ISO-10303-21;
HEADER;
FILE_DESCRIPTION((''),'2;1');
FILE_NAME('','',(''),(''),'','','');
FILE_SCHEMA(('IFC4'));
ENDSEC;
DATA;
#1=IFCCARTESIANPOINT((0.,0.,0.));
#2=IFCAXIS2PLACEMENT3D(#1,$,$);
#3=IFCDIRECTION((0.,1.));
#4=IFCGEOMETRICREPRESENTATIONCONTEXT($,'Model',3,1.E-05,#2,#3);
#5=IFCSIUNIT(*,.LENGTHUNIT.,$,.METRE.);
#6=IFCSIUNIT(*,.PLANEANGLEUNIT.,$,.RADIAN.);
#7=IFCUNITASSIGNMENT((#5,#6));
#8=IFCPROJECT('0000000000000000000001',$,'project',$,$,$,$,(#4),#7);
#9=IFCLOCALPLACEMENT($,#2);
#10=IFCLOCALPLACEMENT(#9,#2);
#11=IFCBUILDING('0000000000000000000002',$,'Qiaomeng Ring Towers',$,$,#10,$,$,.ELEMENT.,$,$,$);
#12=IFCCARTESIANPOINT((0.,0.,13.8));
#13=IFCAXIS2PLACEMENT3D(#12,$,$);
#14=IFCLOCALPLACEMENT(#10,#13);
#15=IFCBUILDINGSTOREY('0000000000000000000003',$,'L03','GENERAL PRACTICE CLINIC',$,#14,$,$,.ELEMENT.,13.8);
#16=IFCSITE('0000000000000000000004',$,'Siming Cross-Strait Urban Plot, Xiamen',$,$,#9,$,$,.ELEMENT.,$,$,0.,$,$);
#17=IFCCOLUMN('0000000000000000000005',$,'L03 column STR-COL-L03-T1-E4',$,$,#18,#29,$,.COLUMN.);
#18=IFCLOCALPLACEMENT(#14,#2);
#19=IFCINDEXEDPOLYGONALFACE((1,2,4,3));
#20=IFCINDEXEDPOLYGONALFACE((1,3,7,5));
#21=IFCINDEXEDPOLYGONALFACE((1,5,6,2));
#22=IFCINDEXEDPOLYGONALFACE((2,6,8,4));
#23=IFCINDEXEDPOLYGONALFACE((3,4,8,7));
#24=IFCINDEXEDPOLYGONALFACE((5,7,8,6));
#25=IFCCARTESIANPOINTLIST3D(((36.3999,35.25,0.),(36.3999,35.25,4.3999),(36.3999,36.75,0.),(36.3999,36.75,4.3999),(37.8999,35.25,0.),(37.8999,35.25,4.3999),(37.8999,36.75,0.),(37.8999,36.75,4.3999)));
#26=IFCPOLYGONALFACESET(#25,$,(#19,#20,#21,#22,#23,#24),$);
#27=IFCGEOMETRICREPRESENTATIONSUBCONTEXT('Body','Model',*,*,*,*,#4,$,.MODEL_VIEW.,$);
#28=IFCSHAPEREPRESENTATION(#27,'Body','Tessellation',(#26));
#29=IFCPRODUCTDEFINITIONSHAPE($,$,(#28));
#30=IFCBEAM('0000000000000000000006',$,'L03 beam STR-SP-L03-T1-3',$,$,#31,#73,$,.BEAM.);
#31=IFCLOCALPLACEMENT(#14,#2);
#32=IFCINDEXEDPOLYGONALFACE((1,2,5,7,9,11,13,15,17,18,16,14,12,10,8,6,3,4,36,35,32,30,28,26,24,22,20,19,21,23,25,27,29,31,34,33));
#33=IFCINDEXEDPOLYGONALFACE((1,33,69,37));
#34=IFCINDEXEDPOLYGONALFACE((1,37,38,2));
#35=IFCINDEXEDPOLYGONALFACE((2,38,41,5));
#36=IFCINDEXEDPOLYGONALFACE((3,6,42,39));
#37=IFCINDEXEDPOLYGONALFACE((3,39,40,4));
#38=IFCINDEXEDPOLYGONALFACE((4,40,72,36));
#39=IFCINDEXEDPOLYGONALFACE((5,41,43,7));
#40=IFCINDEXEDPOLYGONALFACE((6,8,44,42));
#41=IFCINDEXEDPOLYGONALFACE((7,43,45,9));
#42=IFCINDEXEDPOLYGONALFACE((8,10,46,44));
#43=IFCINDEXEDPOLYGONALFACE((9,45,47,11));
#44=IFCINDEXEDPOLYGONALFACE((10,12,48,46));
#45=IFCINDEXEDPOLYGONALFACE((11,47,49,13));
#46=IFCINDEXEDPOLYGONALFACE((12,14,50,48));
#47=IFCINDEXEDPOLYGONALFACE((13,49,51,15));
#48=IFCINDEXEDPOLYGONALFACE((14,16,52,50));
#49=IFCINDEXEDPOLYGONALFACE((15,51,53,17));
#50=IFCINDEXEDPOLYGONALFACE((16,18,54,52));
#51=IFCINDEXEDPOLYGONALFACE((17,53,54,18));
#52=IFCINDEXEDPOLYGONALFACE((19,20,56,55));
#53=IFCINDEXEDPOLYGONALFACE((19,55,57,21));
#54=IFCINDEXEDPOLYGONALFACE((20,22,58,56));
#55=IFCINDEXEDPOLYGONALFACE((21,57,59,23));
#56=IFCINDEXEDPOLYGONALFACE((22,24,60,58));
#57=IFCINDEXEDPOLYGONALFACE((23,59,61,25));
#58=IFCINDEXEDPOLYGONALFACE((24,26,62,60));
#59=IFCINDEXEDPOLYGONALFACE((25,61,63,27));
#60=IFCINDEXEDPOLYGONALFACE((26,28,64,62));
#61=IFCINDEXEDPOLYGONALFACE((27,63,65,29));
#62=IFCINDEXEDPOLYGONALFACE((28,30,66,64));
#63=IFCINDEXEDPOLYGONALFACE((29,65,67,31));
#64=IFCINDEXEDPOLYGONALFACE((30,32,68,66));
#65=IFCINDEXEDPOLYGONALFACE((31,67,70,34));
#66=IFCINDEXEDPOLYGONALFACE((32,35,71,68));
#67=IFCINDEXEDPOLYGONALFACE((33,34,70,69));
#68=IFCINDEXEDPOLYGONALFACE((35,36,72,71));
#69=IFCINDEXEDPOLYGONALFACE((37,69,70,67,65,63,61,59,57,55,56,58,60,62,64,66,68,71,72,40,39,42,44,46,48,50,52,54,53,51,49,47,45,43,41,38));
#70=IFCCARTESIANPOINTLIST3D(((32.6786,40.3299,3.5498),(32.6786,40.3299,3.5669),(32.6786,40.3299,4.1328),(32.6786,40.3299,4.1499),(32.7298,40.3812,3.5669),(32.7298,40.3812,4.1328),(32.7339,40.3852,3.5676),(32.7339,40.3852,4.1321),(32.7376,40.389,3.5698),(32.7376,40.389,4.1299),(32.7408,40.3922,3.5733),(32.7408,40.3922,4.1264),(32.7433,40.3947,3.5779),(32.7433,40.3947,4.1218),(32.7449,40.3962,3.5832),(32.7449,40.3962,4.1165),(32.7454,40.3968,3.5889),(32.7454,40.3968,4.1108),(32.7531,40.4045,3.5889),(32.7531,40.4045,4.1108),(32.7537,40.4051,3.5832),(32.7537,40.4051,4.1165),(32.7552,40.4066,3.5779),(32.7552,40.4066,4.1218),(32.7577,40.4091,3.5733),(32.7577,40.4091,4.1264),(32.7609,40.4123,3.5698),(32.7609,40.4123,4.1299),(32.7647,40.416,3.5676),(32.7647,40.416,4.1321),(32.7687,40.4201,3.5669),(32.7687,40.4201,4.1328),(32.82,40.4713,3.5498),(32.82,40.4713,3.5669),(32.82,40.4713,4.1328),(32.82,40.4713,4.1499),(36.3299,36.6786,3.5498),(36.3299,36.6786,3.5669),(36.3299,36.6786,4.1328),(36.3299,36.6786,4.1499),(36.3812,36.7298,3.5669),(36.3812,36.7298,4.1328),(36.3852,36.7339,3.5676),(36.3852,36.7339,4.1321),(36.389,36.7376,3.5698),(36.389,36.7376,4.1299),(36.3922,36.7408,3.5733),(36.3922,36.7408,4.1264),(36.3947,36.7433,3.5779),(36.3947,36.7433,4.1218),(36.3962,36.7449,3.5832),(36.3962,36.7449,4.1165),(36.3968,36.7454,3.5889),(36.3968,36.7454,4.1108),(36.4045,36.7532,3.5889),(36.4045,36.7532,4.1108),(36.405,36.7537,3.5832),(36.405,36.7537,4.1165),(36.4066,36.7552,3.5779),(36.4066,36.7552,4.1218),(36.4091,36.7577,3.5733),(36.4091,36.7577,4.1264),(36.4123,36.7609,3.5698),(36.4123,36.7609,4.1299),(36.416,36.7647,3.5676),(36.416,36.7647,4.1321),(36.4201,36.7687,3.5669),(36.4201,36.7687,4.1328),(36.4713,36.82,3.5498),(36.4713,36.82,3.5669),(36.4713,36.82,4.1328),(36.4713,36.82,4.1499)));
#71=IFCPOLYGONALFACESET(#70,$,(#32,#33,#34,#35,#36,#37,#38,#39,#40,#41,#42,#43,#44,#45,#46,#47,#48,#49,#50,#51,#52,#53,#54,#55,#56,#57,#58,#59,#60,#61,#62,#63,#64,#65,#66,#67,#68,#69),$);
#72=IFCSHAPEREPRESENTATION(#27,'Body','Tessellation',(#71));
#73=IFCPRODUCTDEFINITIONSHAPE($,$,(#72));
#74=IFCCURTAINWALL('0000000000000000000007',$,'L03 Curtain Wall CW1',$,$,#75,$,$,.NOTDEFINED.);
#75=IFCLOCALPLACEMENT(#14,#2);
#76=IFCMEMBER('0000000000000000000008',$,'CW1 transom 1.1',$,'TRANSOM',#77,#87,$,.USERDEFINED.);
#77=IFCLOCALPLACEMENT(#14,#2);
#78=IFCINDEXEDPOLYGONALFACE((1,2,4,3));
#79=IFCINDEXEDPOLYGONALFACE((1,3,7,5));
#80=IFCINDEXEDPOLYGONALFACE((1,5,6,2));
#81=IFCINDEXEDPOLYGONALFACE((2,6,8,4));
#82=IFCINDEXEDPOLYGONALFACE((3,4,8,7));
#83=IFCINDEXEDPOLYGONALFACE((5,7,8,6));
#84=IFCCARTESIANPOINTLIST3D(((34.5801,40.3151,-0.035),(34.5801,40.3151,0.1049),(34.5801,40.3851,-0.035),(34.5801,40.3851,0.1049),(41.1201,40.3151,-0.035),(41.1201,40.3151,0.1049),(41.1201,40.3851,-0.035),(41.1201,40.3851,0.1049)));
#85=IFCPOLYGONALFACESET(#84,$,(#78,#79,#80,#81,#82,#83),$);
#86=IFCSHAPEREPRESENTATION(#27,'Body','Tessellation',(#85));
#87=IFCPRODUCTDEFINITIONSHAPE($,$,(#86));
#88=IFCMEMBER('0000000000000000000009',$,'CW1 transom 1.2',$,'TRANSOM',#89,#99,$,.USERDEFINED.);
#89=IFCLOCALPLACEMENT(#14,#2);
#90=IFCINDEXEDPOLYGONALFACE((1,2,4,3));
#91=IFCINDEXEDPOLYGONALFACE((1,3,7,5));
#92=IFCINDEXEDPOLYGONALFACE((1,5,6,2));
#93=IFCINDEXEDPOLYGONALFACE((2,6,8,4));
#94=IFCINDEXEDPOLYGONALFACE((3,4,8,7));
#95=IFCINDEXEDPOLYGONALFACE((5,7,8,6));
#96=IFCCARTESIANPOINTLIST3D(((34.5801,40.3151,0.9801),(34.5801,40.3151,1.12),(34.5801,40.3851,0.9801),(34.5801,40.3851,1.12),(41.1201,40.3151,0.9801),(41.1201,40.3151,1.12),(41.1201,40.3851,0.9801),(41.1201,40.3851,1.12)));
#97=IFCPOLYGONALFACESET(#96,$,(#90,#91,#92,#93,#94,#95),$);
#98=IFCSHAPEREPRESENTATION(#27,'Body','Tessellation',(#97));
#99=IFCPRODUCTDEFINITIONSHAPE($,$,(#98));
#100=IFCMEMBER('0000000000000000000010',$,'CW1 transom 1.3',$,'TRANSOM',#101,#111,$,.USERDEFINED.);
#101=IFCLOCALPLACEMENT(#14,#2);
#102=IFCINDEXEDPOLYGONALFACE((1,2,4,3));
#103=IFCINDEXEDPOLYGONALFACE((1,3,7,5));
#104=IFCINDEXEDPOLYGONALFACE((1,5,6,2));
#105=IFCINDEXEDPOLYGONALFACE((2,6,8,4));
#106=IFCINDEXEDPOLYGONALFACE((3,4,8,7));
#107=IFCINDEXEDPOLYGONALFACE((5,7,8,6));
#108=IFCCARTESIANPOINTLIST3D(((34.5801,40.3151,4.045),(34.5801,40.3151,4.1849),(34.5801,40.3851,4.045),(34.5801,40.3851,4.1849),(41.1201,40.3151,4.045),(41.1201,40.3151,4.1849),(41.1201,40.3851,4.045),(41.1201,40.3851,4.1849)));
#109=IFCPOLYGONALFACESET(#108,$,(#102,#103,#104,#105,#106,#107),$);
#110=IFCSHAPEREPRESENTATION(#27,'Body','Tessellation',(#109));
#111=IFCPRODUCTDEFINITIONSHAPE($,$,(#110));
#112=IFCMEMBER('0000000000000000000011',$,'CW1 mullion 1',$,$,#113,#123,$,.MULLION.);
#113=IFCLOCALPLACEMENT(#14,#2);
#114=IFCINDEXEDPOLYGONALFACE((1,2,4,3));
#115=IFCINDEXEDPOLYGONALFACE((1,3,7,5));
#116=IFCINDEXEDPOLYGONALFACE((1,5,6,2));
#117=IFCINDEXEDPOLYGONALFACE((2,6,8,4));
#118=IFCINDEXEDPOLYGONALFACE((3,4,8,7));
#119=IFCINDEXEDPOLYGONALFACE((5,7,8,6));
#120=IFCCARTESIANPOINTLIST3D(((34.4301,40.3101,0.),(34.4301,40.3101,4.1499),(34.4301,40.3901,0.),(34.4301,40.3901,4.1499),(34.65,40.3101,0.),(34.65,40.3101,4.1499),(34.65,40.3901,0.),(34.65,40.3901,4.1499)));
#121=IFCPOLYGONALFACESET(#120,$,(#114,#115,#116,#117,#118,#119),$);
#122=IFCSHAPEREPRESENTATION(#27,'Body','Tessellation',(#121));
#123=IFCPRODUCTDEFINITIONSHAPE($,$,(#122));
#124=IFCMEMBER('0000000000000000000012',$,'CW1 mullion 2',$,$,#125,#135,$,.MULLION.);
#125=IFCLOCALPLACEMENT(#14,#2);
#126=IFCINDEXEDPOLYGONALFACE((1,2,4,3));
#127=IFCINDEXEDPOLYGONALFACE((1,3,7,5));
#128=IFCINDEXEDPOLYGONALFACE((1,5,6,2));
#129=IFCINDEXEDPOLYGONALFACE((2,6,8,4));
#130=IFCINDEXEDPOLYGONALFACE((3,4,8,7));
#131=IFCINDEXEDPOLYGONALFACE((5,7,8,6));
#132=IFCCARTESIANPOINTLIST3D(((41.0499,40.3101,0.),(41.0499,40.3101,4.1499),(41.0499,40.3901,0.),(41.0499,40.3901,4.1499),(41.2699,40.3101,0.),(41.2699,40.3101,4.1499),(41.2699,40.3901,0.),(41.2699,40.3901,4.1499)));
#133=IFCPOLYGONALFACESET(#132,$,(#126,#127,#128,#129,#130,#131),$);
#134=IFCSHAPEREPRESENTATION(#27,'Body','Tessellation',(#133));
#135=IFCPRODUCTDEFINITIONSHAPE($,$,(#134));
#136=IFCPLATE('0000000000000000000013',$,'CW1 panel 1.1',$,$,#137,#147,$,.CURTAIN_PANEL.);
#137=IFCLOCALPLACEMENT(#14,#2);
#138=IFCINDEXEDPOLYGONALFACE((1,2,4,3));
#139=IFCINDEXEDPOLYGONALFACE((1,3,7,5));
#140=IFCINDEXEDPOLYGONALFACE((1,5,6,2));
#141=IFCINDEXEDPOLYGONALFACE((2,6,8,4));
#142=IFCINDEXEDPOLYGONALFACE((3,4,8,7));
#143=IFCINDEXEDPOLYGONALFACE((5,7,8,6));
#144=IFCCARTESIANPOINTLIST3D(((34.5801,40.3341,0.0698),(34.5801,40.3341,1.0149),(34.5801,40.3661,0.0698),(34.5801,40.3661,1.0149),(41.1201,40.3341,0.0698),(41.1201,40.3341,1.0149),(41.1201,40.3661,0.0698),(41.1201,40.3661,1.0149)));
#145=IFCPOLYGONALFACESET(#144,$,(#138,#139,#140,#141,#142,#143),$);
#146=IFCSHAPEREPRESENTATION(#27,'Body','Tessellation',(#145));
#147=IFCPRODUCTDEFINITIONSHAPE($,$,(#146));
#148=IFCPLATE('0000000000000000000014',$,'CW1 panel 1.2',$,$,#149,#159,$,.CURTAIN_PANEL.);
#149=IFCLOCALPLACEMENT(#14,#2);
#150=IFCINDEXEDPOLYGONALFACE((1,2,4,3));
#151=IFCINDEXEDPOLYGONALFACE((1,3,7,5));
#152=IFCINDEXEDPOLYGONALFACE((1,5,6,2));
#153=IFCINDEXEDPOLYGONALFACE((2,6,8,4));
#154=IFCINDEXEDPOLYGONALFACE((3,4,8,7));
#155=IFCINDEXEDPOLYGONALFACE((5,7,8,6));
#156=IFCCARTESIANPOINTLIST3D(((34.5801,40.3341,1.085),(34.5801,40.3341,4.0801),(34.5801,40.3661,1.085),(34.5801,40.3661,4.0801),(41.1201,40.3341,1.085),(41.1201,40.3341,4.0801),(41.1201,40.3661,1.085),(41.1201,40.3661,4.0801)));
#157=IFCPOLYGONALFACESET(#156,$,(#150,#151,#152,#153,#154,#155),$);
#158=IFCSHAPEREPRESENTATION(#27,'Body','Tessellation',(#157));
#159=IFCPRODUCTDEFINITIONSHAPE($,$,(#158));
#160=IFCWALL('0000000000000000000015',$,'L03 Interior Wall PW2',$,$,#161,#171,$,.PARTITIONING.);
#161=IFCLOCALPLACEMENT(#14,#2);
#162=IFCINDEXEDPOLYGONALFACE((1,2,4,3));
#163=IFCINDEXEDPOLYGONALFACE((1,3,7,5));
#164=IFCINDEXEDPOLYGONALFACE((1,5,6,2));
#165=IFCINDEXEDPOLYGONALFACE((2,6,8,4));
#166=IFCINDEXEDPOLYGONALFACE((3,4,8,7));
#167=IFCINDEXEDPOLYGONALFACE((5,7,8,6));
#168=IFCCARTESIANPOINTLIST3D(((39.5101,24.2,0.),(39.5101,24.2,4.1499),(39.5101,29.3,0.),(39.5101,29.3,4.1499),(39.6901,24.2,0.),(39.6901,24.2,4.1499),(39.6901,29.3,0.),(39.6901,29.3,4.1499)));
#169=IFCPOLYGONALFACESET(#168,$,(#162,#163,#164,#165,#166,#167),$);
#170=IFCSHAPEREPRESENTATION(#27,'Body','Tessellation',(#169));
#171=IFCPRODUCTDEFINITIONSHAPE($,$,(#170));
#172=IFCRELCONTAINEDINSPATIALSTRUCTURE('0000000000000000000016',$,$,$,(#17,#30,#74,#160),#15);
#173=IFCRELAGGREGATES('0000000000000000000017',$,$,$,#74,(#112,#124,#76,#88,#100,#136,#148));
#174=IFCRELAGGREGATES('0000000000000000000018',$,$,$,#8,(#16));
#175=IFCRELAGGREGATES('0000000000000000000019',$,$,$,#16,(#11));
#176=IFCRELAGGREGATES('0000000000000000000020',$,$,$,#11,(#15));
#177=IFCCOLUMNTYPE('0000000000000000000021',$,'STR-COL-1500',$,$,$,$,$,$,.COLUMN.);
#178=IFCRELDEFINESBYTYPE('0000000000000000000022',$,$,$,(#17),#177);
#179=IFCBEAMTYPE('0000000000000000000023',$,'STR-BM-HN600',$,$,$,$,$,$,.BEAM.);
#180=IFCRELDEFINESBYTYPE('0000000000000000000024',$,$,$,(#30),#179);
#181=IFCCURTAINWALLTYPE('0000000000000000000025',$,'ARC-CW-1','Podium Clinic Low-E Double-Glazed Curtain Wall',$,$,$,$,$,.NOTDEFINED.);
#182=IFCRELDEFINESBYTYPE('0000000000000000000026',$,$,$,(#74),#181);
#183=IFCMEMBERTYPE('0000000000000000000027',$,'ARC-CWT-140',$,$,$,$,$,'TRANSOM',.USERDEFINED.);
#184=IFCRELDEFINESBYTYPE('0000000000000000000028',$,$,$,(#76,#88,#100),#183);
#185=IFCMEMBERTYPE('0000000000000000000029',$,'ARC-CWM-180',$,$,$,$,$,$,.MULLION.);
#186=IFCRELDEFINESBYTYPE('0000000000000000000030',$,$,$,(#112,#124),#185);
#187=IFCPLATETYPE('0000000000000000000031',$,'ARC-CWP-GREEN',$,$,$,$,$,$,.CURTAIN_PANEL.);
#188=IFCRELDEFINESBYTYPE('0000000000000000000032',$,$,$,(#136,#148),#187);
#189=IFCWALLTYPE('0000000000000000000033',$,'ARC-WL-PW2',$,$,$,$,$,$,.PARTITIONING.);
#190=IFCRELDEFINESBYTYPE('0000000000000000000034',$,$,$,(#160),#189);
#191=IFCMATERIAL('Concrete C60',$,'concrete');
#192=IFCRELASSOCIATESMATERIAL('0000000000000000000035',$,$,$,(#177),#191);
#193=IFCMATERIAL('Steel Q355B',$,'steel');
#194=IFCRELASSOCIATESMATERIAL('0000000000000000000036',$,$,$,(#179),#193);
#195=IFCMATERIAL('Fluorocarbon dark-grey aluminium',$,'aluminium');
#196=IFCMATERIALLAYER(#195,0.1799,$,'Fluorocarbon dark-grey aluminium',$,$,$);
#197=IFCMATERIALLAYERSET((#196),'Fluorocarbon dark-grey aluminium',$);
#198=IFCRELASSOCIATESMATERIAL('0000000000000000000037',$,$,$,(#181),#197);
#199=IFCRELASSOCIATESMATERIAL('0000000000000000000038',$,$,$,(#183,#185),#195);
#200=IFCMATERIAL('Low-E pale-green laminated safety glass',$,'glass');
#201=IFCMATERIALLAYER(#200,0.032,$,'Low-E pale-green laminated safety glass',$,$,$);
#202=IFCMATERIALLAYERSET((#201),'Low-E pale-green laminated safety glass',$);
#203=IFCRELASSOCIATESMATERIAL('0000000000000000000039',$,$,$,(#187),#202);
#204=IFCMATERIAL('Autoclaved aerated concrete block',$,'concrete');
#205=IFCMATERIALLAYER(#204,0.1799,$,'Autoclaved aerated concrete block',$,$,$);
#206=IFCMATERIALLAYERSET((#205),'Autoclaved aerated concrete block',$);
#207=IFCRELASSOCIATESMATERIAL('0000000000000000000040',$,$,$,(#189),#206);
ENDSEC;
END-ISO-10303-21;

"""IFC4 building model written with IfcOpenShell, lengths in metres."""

from ifc_helpers import new_model, si_unit, direction, frame, frame_2d, origin, origin_2d, place, context, subcontext, project, spatial, rectangle, i_section, extrude, source, transform, mapped, material, layer, layer_set, material_profile, profile_set, type_object, element, aggregate, save


model = new_model("IFC4")

# Units and contexts
model_context = context("Model", 3, precision=1e-05, world=origin(), true_north=direction((0.0, 1.0)))
body_context = subcontext(model_context, "Body", "Model", "MODEL_VIEW")
ifc_project = project(units=[si_unit("LENGTHUNIT", "METRE"), si_unit("PLANEANGLEUNIT", "RADIAN")], contexts=[model_context])

# Site, building, storey
site_placement = place(None, origin())
site = spatial("IfcSite", under=ifc_project, at=site_placement, Name="Siming Cross-Strait Urban Plot, Xiamen", CompositionType="ELEMENT", RefElevation=0.0)
building_placement = place(site_placement, origin())
building = spatial("IfcBuilding", under=site, at=building_placement, Name="Qiaomeng Ring Towers", CompositionType="ELEMENT")
storey_placement = place(building_placement, frame((0.0, 0.0, 13.8)))
storey = spatial("IfcBuildingStorey", under=building, at=storey_placement, Name="L03", Description="GENERAL PRACTICE CLINIC", CompositionType="ELEMENT", Elevation=13.8)

# Column
ifc_material_1 = material(Name="Concrete C60", Category="concrete")
ifc_material_profile_1 = material_profile(ifc_material_1, rectangle(XDim=1.5, YDim=1.5, at=origin_2d()), Name="RC COL 1500x1500")
ifc_profile_set_1 = profile_set([ifc_material_profile_1], Name="Concrete C60")
column_type = type_object("IfcColumnType", Name="STR-COL-1500", PredefinedType="COLUMN", material=ifc_profile_set_1)
shared_shape_1 = source(origin(), body_context, "Body", "SweptSolid", [
    extrude(rectangle(XDim=1.5, YDim=1.5, at=origin_2d()), origin(), (0.0, 0.0, 1.0), 4.3999),
])
column_placement = place(storey_placement, frame((37.1499, 36.0, 0.0), z_axis=(0.0, 0.0, 1.0), x_axis=(1.0, 0.0, 0.0)))
element("IfcColumn", 1, at=column_placement, inside=storey, type_object=column_type, Name="L03 column STR-COL-L03-T1-E4", PredefinedType="COLUMN", context=body_context, shape_type="MappedRepresentation", body=[
    mapped(shared_shape_1, transform((0.0, 0.0, 0.0), x_axis=(1.0, 0.0, 0.0), y_axis=(0.0, 1.0, 0.0), z_axis=(0.0, 0.0, 1.0), scale=1.0)),
])

# Beam
ifc_material_2 = material(Name="Steel Q355B", Category="steel")
ifc_material_profile_2 = material_profile(ifc_material_2, i_section(OverallWidth=0.2, OverallDepth=0.6001, WebThickness=0.011, FlangeThickness=0.0171, FilletRadius=0.022, at=origin_2d()), Name="HN 600x200x11x17")
ifc_profile_set_2 = profile_set([ifc_material_profile_2], Name="Steel Q355B")
beam_type = type_object("IfcBeamType", Name="STR-BM-HN600", PredefinedType="BEAM", material=ifc_profile_set_2)
shared_shape_2 = source(origin(), body_context, "Body", "SweptSolid", [
    extrude(i_section(OverallWidth=0.2, OverallDepth=0.6001, WebThickness=0.011, FlangeThickness=0.0171, FilletRadius=0.022, at=origin_2d()), origin(), (0.0, 0.0, 1.0), 5.1638),
])
beam_placement = place(storey_placement, frame((36.4006, 36.7493, 3.8499), z_axis=(-0.707107, 0.707107, 0.0), x_axis=(-0.707107, -0.707107, 0.0)))
element("IfcBeam", 2, at=beam_placement, inside=storey, type_object=beam_type, Name="L03 beam STR-SP-L03-T1-3", PredefinedType="BEAM", context=body_context, shape_type="MappedRepresentation", body=[
    mapped(shared_shape_2, transform((0.0, 0.0, 0.0), x_axis=(1.0, 0.0, 0.0), y_axis=(0.0, 1.0, 0.0), z_axis=(0.0, 0.0, 1.0), scale=1.0)),
])

# Curtain wall, members, plates
ifc_material_3 = material(Name="Fluorocarbon dark-grey aluminium", Category="aluminium")
ifc_layer_1 = layer(ifc_material_3, 0.1799, Name="Fluorocarbon dark-grey aluminium")
ifc_layer_set_1 = layer_set([ifc_layer_1], Name="Fluorocarbon dark-grey aluminium")
curtain_wall_type = type_object("IfcCurtainWallType", Name="ARC-CW-1", Description="Podium Clinic Low-E Double-Glazed Curtain Wall", PredefinedType="NOTDEFINED", material=ifc_layer_set_1)
curtain_wall_placement = place(storey_placement, origin())
curtain_wall = element("IfcCurtainWall", 3, at=curtain_wall_placement, inside=storey, type_object=curtain_wall_type, Name="L03 Curtain Wall CW1", PredefinedType="NOTDEFINED")
ifc_material_profile_3 = material_profile(ifc_material_3, rectangle(XDim=0.0701, YDim=0.1399, at=origin_2d()), Name="ALU TRAN 70x140")
ifc_profile_set_3 = profile_set([ifc_material_profile_3], Name="Fluorocarbon dark-grey aluminium")
member_type_1 = type_object("IfcMemberType", Name="ARC-CWT-140", ElementType="TRANSOM", PredefinedType="USERDEFINED", material=ifc_profile_set_3)
shared_shape_3 = source(origin(), body_context, "Body", "SweptSolid", [
    extrude(rectangle(XDim=0.0701, YDim=0.1399, at=origin_2d()), origin(), (0.0, 0.0, 1.0), 6.54),
])
member_1_placement = place(storey_placement, frame((34.5801, 40.3501, 0.0349), z_axis=(1.0, 0.0, 0.0), x_axis=(0.0, 1.0, 0.0)))
member_1 = element("IfcMember", 4, at=member_1_placement, type_object=member_type_1, Name="CW1 transom 1.1", ObjectType="TRANSOM", PredefinedType="USERDEFINED", context=body_context, shape_type="MappedRepresentation", body=[
    mapped(shared_shape_3, transform((0.0, 0.0, 0.0), x_axis=(1.0, 0.0, 0.0), y_axis=(0.0, 1.0, 0.0), z_axis=(0.0, 0.0, 1.0), scale=1.0)),
])
member_2_placement = place(storey_placement, frame((34.5801, 40.3501, 1.05), z_axis=(1.0, 0.0, 0.0), x_axis=(0.0, 1.0, 0.0)))
member_2 = element("IfcMember", 5, at=member_2_placement, type_object=member_type_1, Name="CW1 transom 1.2", ObjectType="TRANSOM", PredefinedType="USERDEFINED", context=body_context, shape_type="MappedRepresentation", body=[
    mapped(shared_shape_3, transform((0.0, 0.0, 0.0), x_axis=(1.0, 0.0, 0.0), y_axis=(0.0, 1.0, 0.0), z_axis=(0.0, 0.0, 1.0), scale=1.0)),
])
member_3_placement = place(storey_placement, frame((34.5801, 40.3501, 4.115), z_axis=(1.0, 0.0, 0.0), x_axis=(0.0, 1.0, 0.0)))
member_3 = element("IfcMember", 6, at=member_3_placement, type_object=member_type_1, Name="CW1 transom 1.3", ObjectType="TRANSOM", PredefinedType="USERDEFINED", context=body_context, shape_type="MappedRepresentation", body=[
    mapped(shared_shape_3, transform((0.0, 0.0, 0.0), x_axis=(1.0, 0.0, 0.0), y_axis=(0.0, 1.0, 0.0), z_axis=(0.0, 0.0, 1.0), scale=1.0)),
])
ifc_material_profile_4 = material_profile(ifc_material_3, rectangle(XDim=0.0801, YDim=0.22, at=origin_2d()), Name="ALU MULL 80x220")
ifc_profile_set_4 = profile_set([ifc_material_profile_4], Name="Fluorocarbon dark-grey aluminium")
member_type_2 = type_object("IfcMemberType", Name="ARC-CWM-180", PredefinedType="MULLION", material=ifc_profile_set_4)
shared_shape_4 = source(origin(), body_context, "Body", "SweptSolid", [
    extrude(rectangle(XDim=0.0801, YDim=0.22, at=origin_2d()), origin(), (0.0, 0.0, 1.0), 4.1499),
])
member_4_placement = place(storey_placement, frame((34.54, 40.3501, 0.0), z_axis=(0.0, 0.0, 1.0), x_axis=(0.0, 1.0, 0.0)))
member_4 = element("IfcMember", 7, at=member_4_placement, type_object=member_type_2, Name="CW1 mullion 1", PredefinedType="MULLION", context=body_context, shape_type="MappedRepresentation", body=[
    mapped(shared_shape_4, transform((0.0, 0.0, 0.0), x_axis=(1.0, 0.0, 0.0), y_axis=(0.0, 1.0, 0.0), z_axis=(0.0, 0.0, 1.0), scale=1.0)),
])
member_5_placement = place(storey_placement, frame((41.1599, 40.3501, 0.0), z_axis=(0.0, 0.0, 1.0), x_axis=(0.0, 1.0, 0.0)))
member_5 = element("IfcMember", 8, at=member_5_placement, type_object=member_type_2, Name="CW1 mullion 2", PredefinedType="MULLION", context=body_context, shape_type="MappedRepresentation", body=[
    mapped(shared_shape_4, transform((0.0, 0.0, 0.0), x_axis=(1.0, 0.0, 0.0), y_axis=(0.0, 1.0, 0.0), z_axis=(0.0, 0.0, 1.0), scale=1.0)),
])
ifc_material_4 = material(Name="Low-E pale-green laminated safety glass", Category="glass")
ifc_layer_2 = layer(ifc_material_4, 0.032, Name="Low-E pale-green laminated safety glass")
ifc_layer_set_2 = layer_set([ifc_layer_2], Name="Low-E pale-green laminated safety glass")
plate_type = type_object("IfcPlateType", Name="ARC-CWP-GREEN", PredefinedType="CURTAIN_PANEL", material=ifc_layer_set_2)
shared_shape_5 = source(origin(), body_context, "Body", "SweptSolid", [
    extrude(rectangle(XDim=6.54, YDim=0.032, at=origin_2d()), origin(), (0.0, 0.0, 1.0), 0.9451),
])
plate_1_placement = place(storey_placement, frame((37.8501, 40.3501, 0.0698), z_axis=(0.0, 0.0, 1.0), x_axis=(1.0, 0.0, 0.0)))
plate_1 = element("IfcPlate", 9, at=plate_1_placement, type_object=plate_type, Name="CW1 panel 1.1", PredefinedType="CURTAIN_PANEL", context=body_context, shape_type="MappedRepresentation", body=[
    mapped(shared_shape_5, transform((0.0, 0.0, 0.0), x_axis=(1.0, 0.0, 0.0), y_axis=(0.0, 1.0, 0.0), z_axis=(0.0, 0.0, 1.0), scale=1.0)),
])
shared_shape_6 = source(origin(), body_context, "Body", "SweptSolid", [
    extrude(rectangle(XDim=6.54, YDim=0.032, at=origin_2d()), origin(), (0.0, 0.0, 1.0), 2.9951),
])
plate_2_placement = place(storey_placement, frame((37.8501, 40.3501, 1.085), z_axis=(0.0, 0.0, 1.0), x_axis=(1.0, 0.0, 0.0)))
plate_2 = element("IfcPlate", 10, at=plate_2_placement, type_object=plate_type, Name="CW1 panel 1.2", PredefinedType="CURTAIN_PANEL", context=body_context, shape_type="MappedRepresentation", body=[
    mapped(shared_shape_6, transform((0.0, 0.0, 0.0), x_axis=(1.0, 0.0, 0.0), y_axis=(0.0, 1.0, 0.0), z_axis=(0.0, 0.0, 1.0), scale=1.0)),
])
aggregate(curtain_wall, [member_4, member_5, member_1, member_2, member_3, plate_1, plate_2])

# Wall
ifc_material_5 = material(Name="Autoclaved aerated concrete block", Category="concrete")
ifc_layer_3 = layer(ifc_material_5, 0.1799, Name="Autoclaved aerated concrete block")
ifc_layer_set_3 = layer_set([ifc_layer_3], Name="Autoclaved aerated concrete block")
wall_type_1 = type_object("IfcWallType", Name="ARC-WL-PW2", PredefinedType="PARTITIONING", material=ifc_layer_set_3)
wall_1_placement = place(storey_placement, frame((39.6001, 24.2, 0.0), z_axis=(0.0, 0.0, 1.0), x_axis=(0.0, 1.0, 0.0)))
element("IfcWall", 11, at=wall_1_placement, inside=storey, type_object=wall_type_1, Name="L03 Interior Wall PW2", PredefinedType="PARTITIONING", context=body_context, shape_type="SweptSolid", body=[
    extrude(rectangle(XDim=5.1001, YDim=0.1799, at=frame_2d((2.55, 0.0))), origin(), (0.0, 0.0, 1.0), 4.1499),
])

save(model, "model.ifc")
